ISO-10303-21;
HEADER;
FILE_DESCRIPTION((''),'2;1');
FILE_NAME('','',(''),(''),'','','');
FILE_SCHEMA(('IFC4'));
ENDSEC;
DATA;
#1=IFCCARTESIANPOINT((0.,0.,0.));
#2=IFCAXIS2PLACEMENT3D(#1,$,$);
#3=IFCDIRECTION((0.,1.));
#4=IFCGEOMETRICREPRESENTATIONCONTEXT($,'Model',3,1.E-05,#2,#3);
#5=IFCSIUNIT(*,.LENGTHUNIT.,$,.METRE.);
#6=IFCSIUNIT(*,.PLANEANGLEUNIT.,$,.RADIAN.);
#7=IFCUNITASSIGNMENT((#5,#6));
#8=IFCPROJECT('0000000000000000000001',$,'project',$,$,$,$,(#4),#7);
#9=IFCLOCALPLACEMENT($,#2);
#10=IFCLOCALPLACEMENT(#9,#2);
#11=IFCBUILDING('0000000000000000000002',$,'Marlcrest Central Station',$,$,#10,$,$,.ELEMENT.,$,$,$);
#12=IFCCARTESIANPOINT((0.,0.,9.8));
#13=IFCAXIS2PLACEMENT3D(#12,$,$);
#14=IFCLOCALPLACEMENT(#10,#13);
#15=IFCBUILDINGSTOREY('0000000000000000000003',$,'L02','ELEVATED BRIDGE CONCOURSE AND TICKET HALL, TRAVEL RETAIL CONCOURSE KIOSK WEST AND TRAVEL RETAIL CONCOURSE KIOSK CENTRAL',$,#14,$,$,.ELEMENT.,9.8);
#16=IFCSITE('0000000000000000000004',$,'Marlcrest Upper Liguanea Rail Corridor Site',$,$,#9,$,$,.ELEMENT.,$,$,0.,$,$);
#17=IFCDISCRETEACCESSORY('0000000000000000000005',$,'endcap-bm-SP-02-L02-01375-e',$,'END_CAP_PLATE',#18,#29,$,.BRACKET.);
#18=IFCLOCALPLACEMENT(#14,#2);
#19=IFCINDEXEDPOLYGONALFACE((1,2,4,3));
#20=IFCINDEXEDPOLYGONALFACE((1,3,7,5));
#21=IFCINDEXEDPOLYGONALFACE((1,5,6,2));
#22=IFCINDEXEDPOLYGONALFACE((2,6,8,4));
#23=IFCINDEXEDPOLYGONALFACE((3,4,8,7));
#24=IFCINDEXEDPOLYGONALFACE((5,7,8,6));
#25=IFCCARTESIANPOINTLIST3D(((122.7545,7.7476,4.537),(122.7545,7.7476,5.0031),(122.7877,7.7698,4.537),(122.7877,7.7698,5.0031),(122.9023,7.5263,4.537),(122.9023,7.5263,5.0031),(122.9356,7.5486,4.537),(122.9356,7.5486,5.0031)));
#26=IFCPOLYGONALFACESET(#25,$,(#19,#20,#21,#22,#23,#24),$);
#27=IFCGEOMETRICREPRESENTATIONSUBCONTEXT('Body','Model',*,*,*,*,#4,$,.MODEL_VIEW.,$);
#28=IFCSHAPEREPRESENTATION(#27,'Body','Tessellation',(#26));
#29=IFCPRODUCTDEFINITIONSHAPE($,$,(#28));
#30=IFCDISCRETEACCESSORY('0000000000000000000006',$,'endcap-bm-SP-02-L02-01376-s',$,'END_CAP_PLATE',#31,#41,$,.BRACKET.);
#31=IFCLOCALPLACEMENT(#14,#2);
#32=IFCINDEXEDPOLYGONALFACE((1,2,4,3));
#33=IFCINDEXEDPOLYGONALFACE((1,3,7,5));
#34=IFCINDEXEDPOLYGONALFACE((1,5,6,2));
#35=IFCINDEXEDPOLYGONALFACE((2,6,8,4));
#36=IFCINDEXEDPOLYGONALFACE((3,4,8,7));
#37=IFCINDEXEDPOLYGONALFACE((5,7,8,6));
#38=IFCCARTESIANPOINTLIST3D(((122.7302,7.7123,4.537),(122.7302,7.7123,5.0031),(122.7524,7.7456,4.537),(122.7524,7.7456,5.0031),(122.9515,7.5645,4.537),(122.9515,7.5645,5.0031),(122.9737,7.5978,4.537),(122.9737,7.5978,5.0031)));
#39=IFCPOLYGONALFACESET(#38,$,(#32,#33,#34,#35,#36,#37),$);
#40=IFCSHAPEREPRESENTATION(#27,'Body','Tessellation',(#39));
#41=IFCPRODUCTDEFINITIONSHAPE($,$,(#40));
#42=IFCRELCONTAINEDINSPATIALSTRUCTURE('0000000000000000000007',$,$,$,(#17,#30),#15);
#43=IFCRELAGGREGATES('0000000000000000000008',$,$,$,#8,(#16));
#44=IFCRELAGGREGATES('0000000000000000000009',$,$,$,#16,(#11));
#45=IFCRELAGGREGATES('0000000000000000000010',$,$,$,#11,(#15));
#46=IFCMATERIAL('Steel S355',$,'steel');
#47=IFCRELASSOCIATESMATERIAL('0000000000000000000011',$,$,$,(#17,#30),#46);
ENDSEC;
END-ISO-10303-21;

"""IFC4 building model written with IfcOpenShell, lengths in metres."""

from ifc_helpers import new_model, si_unit, direction, frame, origin, origin_2d, place, context, subcontext, project, spatial, rectangle, extrude, material, element, save


model = new_model("IFC4")

# Units and contexts
model_context = context("Model", 3, precision=1e-05, world=origin(), true_north=direction((0.0, 1.0)))
body_context = subcontext(model_context, "Body", "Model", "MODEL_VIEW")
ifc_project = project(units=[si_unit("LENGTHUNIT", "METRE"), si_unit("PLANEANGLEUNIT", "RADIAN")], contexts=[model_context])

# Site, building, storey
site_placement = place(None, origin())
site = spatial("IfcSite", under=ifc_project, at=site_placement, Name="Marlcrest Upper Liguanea Rail Corridor Site", CompositionType="ELEMENT", RefElevation=0.0)
building_placement = place(site_placement, origin())
building = spatial("IfcBuilding", under=site, at=building_placement, Name="Marlcrest Central Station", CompositionType="ELEMENT")
storey_placement = place(building_placement, frame((0.0, 0.0, 9.8)))
storey = spatial("IfcBuildingStorey", under=building, at=storey_placement, Name="L02", Description="ELEVATED BRIDGE CONCOURSE AND TICKET HALL, TRAVEL RETAIL CONCOURSE KIOSK WEST AND TRAVEL RETAIL CONCOURSE KIOSK CENTRAL", CompositionType="ELEMENT", Elevation=9.8)

# Shared definitions
ifc_material_1 = material(Name="Steel S355", Category="steel")

# Discrete accessories
for number, where, z_axis, x_axis, name in (
    (1, (122.8284, 7.637, 4.77), (0.831509, 0.555511, 0.0), (-0.555511, 0.831509, 0.0), "endcap-bm-SP-02-L02-01375-e"),
    (2, (122.8408, 7.6384, 4.77), (0.555511, 0.831509, 0.0), (-0.831509, 0.555511, 0.0), "endcap-bm-SP-02-L02-01376-s"),
):
    element("IfcDiscreteAccessory", number, at=place(storey_placement, frame(where, z_axis=z_axis, x_axis=x_axis)), inside=storey, material=ifc_material_1, Name=name, ObjectType="END_CAP_PLATE", PredefinedType="BRACKET", context=body_context, shape_type="SweptSolid", body=[
        extrude(rectangle(XDim=0.2661, YDim=0.4661, at=origin_2d()), origin(), (0.0, 0.0, 1.0), 0.04),
    ])

save(model, "model.ifc")
